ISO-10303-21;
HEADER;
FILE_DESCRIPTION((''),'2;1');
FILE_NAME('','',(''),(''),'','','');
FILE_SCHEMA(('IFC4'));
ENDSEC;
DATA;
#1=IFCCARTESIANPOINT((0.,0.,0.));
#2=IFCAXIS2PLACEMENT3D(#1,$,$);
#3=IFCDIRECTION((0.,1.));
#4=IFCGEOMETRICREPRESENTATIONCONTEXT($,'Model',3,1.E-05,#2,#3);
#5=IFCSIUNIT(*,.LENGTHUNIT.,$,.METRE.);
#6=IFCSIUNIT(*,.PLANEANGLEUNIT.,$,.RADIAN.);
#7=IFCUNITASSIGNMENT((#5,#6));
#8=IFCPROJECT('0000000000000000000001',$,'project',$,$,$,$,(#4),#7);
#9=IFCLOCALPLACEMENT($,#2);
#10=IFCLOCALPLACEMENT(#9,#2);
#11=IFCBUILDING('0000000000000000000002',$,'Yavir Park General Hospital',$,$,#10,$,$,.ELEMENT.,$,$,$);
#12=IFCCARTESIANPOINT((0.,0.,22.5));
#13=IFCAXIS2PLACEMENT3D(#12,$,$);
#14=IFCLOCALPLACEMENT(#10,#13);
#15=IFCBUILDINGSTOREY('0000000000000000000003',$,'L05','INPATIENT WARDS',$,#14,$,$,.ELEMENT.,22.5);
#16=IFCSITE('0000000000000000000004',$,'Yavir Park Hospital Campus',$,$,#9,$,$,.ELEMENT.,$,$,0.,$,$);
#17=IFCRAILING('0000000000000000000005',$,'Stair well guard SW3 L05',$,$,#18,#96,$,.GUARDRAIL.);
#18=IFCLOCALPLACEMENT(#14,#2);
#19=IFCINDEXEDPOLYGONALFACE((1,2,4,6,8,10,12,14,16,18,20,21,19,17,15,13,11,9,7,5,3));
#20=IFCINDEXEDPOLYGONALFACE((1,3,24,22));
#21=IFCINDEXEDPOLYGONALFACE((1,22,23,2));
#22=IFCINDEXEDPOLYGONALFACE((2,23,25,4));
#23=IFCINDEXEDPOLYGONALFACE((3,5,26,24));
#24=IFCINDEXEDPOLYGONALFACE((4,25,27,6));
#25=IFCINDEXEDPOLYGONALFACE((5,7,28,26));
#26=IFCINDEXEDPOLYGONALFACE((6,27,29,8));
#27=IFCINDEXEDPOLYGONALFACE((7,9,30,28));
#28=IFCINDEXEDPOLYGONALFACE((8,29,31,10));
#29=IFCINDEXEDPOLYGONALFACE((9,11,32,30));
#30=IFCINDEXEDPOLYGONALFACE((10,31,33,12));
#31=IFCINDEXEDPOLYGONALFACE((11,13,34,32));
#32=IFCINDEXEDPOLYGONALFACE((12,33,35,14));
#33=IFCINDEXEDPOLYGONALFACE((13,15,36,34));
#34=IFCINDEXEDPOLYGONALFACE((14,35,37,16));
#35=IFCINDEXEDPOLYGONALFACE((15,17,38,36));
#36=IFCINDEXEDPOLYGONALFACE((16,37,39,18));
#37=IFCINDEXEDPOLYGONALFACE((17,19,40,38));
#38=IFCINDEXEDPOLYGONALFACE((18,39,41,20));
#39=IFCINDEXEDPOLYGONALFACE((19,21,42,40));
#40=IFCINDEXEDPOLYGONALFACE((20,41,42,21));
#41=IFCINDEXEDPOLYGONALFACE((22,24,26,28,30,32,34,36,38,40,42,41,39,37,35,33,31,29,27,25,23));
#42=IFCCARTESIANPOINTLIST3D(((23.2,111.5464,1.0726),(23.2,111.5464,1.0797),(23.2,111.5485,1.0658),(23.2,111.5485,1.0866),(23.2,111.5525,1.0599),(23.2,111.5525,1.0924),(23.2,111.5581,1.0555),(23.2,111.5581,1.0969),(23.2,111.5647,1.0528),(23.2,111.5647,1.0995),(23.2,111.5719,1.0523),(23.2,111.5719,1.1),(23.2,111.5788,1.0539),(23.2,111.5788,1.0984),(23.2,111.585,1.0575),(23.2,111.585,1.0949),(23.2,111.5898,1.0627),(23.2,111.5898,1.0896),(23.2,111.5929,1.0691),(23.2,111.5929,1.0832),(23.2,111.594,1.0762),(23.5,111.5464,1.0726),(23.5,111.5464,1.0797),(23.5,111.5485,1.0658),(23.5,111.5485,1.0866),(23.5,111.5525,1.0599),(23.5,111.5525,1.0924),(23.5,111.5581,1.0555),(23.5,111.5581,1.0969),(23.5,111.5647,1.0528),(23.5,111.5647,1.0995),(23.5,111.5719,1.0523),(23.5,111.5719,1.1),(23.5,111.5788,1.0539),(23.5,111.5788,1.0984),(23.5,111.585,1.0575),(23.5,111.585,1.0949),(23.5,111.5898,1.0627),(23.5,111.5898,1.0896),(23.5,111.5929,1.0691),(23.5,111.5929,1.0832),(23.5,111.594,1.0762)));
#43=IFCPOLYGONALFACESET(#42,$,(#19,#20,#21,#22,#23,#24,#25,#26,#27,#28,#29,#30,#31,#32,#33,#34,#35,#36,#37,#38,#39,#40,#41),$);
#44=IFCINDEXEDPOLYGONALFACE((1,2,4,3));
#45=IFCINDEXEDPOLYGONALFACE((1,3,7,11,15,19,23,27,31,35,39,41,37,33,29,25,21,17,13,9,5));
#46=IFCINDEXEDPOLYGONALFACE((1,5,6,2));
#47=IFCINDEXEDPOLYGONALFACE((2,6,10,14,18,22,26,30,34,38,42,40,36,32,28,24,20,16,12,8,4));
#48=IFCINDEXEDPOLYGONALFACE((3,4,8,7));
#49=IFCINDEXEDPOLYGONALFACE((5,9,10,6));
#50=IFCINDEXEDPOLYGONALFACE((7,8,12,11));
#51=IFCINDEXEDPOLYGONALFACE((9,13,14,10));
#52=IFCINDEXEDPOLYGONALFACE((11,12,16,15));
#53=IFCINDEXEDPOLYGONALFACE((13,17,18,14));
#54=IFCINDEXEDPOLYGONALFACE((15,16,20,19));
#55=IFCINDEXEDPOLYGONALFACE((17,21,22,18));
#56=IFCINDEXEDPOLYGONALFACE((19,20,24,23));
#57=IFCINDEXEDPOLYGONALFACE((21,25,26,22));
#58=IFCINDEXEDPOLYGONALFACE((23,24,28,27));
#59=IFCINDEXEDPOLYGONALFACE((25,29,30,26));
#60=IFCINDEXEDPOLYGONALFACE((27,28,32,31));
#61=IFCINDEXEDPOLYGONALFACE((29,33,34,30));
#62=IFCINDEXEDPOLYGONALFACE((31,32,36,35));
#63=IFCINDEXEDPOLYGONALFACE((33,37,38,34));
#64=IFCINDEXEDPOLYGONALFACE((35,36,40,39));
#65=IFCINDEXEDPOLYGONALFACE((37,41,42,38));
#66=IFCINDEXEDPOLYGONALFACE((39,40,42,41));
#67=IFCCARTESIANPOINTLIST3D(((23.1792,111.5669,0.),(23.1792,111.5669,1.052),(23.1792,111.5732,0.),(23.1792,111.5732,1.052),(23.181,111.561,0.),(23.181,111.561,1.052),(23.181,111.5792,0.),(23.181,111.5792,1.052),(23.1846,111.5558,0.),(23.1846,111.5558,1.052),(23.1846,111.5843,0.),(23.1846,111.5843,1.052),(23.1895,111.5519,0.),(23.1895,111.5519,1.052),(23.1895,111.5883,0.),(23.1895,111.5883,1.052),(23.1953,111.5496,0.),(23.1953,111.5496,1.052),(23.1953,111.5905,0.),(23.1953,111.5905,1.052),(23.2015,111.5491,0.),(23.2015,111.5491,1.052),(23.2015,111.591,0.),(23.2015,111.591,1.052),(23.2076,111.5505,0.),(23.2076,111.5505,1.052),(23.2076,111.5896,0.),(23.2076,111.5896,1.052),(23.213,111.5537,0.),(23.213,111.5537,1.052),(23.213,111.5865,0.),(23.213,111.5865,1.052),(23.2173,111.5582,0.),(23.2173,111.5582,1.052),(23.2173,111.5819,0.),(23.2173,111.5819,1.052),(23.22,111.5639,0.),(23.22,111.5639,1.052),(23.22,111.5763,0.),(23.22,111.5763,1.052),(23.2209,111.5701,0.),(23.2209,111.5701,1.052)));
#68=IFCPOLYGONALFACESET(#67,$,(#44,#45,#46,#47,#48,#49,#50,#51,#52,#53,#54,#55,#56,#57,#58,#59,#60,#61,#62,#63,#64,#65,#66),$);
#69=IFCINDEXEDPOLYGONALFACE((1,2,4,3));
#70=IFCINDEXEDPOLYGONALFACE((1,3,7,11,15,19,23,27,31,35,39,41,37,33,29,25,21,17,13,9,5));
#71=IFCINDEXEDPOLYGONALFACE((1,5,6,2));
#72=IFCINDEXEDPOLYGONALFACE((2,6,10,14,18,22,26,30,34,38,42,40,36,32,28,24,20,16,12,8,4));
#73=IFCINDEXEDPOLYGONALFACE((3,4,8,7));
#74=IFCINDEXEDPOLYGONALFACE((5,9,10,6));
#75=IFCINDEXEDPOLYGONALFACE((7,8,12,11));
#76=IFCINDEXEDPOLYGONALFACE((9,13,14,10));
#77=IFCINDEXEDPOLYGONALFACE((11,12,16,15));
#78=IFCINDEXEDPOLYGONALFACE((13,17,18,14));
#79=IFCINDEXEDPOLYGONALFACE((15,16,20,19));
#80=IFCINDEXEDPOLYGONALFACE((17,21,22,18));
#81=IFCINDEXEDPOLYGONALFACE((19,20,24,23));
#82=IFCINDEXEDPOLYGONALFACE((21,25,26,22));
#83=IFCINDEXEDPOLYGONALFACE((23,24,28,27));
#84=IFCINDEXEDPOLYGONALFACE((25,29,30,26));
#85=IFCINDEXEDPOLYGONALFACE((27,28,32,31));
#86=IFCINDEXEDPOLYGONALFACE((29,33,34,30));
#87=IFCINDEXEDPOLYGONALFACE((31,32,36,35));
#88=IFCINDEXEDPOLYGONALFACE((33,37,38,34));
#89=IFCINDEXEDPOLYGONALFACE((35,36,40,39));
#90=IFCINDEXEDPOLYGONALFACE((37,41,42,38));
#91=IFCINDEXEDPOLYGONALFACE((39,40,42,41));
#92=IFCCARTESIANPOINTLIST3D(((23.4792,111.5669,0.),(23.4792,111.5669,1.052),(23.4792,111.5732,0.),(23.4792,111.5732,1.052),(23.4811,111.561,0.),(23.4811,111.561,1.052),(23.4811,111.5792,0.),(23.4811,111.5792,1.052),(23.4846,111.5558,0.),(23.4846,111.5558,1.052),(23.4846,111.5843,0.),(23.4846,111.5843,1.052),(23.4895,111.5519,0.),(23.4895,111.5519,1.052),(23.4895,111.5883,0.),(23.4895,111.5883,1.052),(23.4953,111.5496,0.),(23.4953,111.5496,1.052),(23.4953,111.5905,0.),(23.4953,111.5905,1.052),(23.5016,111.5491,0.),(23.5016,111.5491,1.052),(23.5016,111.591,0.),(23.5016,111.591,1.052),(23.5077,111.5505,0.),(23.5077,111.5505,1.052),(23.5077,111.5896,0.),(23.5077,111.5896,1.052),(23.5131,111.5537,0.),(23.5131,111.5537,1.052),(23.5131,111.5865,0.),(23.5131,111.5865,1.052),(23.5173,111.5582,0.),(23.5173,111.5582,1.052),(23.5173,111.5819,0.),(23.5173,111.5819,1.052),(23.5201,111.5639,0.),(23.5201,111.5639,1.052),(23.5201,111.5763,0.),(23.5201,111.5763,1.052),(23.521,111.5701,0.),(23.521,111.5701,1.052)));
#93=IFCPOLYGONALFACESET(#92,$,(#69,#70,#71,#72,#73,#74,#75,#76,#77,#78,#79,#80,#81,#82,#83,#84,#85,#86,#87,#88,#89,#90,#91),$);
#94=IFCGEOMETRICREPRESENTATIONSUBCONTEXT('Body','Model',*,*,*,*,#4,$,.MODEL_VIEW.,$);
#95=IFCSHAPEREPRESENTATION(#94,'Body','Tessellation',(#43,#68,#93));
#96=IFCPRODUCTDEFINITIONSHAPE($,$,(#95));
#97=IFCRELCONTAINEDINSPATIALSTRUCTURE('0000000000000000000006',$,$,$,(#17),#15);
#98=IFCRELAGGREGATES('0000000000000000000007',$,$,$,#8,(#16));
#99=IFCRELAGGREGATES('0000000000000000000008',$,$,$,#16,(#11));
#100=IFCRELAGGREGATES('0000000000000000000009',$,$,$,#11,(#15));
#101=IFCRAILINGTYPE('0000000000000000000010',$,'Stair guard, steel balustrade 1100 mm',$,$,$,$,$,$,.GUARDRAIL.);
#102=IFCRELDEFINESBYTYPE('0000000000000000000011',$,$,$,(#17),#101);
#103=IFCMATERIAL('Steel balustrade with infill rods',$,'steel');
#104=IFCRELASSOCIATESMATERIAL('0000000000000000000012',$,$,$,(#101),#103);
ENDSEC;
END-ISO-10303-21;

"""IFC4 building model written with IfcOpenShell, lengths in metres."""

from ifc_helpers import new_model, si_unit, direction, frame, origin, origin_2d, place, context, subcontext, project, spatial, circle, extrude, material, type_object, element, save


model = new_model("IFC4")

# Units and contexts
model_context = context("Model", 3, precision=1e-05, world=origin(), true_north=direction((0.0, 1.0)))
body_context = subcontext(model_context, "Body", "Model", "MODEL_VIEW")
ifc_project = project(units=[si_unit("LENGTHUNIT", "METRE"), si_unit("PLANEANGLEUNIT", "RADIAN")], contexts=[model_context])

# Site, building, storey
site_placement = place(None, origin())
site = spatial("IfcSite", under=ifc_project, at=site_placement, Name="Yavir Park Hospital Campus", CompositionType="ELEMENT", RefElevation=0.0)
building_placement = place(site_placement, origin())
building = spatial("IfcBuilding", under=site, at=building_placement, Name="Yavir Park General Hospital", CompositionType="ELEMENT")
storey_placement = place(building_placement, frame((0.0, 0.0, 22.5)))
storey = spatial("IfcBuildingStorey", under=building, at=storey_placement, Name="L05", Description="INPATIENT WARDS", CompositionType="ELEMENT", Elevation=22.5)

# Railing
ifc_material_1 = material(Name="Steel balustrade with infill rods", Category="steel")
railing_type_1 = type_object("IfcRailingType", Name="Stair guard, steel balustrade 1100 mm", PredefinedType="GUARDRAIL", material=ifc_material_1)
railing_placement = place(storey_placement, frame((23.2, 111.5701, 0.0)))
element("IfcRailing", 1, at=railing_placement, inside=storey, type_object=railing_type_1, Name="Stair well guard SW3 L05", PredefinedType="GUARDRAIL", context=body_context, shape_type="SweptSolid", body=[
    extrude(circle(Radius=0.0239, at=origin_2d()), frame((0.0, 0.0, 1.0762), z_axis=(1.0, 0.0, 0.0), x_axis=(0.0, 1.0, 0.0)), (0.0, 0.0, 1.0), 0.3),
    extrude(circle(Radius=0.021, at=origin_2d()), origin(), (0.0, 0.0, 1.0), 1.052),
    extrude(circle(Radius=0.021, at=origin_2d()), frame((0.3, 0.0, 0.0)), (0.0, 0.0, 1.0), 1.052),
])

save(model, "model.ifc")
